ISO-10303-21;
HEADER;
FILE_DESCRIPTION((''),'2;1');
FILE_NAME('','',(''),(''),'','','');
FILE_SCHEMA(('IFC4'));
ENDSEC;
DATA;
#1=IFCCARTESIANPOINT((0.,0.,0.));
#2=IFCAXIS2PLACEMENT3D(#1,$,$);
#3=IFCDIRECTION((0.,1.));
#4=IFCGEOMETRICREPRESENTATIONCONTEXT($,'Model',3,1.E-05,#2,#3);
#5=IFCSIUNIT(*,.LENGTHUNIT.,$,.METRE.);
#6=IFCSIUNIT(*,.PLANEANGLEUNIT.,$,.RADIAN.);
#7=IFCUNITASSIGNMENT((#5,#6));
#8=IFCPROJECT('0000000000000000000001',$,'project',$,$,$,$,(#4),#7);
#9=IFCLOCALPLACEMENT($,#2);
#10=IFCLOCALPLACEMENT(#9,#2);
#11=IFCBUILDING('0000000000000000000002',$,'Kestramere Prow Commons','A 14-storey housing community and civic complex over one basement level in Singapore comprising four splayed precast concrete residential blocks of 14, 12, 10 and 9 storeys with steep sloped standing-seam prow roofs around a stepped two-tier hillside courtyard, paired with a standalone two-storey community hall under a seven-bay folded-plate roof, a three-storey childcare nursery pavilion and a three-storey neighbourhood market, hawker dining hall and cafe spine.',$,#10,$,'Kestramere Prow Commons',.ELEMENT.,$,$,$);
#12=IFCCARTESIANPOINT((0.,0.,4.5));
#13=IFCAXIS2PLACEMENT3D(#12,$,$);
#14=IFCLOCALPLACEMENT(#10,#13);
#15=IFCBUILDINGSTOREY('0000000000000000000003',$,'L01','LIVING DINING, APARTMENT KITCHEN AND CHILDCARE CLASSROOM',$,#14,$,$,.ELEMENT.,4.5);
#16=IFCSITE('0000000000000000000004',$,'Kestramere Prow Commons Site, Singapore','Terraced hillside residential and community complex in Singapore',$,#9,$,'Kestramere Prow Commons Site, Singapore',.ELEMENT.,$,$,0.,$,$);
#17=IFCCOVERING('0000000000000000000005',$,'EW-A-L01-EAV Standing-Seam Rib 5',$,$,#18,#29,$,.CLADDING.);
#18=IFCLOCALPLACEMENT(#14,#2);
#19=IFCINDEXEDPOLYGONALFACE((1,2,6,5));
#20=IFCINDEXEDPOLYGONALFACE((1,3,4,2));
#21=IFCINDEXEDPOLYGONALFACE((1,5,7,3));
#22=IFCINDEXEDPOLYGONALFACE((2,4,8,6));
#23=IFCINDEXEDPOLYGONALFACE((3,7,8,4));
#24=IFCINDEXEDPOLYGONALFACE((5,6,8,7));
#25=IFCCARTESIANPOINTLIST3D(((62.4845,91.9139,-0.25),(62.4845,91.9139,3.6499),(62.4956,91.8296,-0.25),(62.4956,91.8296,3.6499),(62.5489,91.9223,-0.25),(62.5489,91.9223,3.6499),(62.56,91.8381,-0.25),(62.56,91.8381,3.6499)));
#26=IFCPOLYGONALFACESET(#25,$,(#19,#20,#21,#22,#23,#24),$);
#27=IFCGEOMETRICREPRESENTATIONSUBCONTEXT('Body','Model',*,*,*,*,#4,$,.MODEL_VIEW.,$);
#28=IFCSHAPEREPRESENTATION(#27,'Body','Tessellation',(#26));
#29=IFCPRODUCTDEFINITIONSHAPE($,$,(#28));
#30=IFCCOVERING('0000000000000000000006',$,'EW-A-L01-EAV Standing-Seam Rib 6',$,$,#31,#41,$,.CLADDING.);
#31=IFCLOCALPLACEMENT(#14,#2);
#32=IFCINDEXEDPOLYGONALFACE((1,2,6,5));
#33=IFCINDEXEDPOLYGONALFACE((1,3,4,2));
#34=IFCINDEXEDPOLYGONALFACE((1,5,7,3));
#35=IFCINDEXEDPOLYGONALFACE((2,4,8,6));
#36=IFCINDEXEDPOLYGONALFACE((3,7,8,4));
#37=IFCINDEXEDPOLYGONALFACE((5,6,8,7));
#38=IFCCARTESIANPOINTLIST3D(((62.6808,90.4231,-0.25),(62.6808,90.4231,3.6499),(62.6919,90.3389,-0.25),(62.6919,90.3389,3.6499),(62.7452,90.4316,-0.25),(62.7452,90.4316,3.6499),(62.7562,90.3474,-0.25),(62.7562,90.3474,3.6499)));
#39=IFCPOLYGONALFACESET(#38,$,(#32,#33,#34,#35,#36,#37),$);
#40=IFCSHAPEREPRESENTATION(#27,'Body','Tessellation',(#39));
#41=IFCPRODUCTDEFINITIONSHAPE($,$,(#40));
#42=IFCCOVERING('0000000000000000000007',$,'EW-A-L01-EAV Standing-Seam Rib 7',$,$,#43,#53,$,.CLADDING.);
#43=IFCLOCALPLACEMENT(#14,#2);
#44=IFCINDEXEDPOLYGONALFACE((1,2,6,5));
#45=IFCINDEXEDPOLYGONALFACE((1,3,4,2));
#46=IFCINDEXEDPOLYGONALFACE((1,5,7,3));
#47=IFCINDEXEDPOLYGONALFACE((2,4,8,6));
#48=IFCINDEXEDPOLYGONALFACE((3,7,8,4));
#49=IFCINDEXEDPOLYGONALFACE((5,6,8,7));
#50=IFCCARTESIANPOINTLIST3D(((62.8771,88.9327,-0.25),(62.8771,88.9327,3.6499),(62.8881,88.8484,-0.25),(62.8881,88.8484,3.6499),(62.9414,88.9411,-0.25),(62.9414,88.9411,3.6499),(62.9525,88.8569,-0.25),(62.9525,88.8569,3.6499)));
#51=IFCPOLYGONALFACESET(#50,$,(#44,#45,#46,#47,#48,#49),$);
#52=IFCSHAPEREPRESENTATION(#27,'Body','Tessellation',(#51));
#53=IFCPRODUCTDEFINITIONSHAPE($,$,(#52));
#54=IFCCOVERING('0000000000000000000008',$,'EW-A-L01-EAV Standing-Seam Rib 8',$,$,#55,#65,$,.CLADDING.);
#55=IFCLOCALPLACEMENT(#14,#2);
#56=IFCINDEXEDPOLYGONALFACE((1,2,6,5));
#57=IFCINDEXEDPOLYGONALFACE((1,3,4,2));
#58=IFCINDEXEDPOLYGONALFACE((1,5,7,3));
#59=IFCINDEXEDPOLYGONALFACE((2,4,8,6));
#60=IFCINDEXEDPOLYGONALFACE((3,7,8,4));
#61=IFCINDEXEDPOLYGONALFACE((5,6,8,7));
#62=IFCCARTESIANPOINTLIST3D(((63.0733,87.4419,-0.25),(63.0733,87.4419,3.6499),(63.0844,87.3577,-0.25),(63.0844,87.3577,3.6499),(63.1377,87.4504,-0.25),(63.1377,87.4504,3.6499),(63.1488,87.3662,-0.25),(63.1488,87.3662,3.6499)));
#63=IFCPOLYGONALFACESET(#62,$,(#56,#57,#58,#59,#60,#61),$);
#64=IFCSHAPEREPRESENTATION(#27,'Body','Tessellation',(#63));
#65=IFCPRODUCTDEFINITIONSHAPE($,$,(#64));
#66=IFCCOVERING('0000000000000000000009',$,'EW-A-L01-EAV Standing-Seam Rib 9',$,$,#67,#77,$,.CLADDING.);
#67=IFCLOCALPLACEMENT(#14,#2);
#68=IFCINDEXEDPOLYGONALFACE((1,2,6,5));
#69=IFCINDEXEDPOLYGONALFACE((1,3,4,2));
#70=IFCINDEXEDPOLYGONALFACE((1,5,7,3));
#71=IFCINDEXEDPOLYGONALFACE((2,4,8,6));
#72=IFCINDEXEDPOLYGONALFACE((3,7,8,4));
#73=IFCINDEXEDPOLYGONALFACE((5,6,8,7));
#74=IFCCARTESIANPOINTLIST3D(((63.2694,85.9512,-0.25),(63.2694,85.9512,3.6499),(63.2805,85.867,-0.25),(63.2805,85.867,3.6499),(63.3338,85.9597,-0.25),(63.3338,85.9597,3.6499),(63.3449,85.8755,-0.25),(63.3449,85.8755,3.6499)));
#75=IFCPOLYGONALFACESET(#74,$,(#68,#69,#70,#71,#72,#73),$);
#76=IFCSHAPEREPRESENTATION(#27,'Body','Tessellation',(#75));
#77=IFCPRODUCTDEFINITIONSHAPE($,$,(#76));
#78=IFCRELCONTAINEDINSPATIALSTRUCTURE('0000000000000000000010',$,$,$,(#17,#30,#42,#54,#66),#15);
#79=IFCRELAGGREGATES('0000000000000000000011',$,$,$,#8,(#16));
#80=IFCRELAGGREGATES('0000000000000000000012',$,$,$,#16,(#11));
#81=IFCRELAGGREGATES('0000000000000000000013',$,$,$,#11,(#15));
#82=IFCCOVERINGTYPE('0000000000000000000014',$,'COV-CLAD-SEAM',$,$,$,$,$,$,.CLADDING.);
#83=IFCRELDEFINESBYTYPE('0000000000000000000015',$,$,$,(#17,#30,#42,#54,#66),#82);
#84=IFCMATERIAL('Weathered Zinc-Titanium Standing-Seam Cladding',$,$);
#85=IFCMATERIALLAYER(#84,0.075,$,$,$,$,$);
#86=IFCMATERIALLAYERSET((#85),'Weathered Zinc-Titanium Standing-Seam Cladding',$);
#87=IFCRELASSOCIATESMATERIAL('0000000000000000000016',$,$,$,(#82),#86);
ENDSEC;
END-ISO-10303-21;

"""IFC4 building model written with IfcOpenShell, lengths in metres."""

from ifc_helpers import new_model, si_unit, direction, frame, origin, origin_2d, place, context, subcontext, project, spatial, rectangle, extrude, material, layer, layer_set, type_object, element, save


model = new_model("IFC4")

# Units and contexts
model_context = context("Model", 3, precision=1e-05, world=origin(), true_north=direction((0.0, 1.0)))
body_context = subcontext(model_context, "Body", "Model", "MODEL_VIEW")
ifc_project = project(units=[si_unit("LENGTHUNIT", "METRE"), si_unit("PLANEANGLEUNIT", "RADIAN")], contexts=[model_context])

# Site, building, storey
site_placement = place(None, origin())
site = spatial("IfcSite", under=ifc_project, at=site_placement, Name="Kestramere Prow Commons Site, Singapore", Description="Terraced hillside residential and community complex in Singapore", LongName="Kestramere Prow Commons Site, Singapore", CompositionType="ELEMENT", RefElevation=0.0)
building_placement = place(site_placement, origin())
building = spatial("IfcBuilding", under=site, at=building_placement, Name="Kestramere Prow Commons", Description="A 14-storey housing community and civic complex over one basement level in Singapore comprising four splayed precast concrete residential blocks of 14, 12, 10 and 9 storeys with steep sloped standing-seam prow roofs around a stepped two-tier hillside courtyard, paired with a standalone two-storey community hall under a seven-bay folded-plate roof, a three-storey childcare nursery pavilion and a three-storey neighbourhood market, hawker dining hall and cafe spine.", LongName="Kestramere Prow Commons", CompositionType="ELEMENT")
storey_placement = place(building_placement, frame((0.0, 0.0, 4.5)))
storey = spatial("IfcBuildingStorey", under=building, at=storey_placement, Name="L01", Description="LIVING DINING, APARTMENT KITCHEN AND CHILDCARE CLASSROOM", CompositionType="ELEMENT", Elevation=4.5)

# Coverings
ifc_material_1 = material(Name="Weathered Zinc-Titanium Standing-Seam Cladding")
ifc_layer_1 = layer(ifc_material_1, 0.075)
ifc_layer_set_1 = layer_set([ifc_layer_1], Name="Weathered Zinc-Titanium Standing-Seam Cladding")
covering_type = type_object("IfcCoveringType", Name="COV-CLAD-SEAM", PredefinedType="CLADDING", material=ifc_layer_set_1)
for number, where, z_axis, x_axis, name in (
    (1, (62.5222, 91.876, -0.25), (0.0, 0.0, 1.0), (0.130526, -0.991445, 0.0), "EW-A-L01-EAV Standing-Seam Rib 5"),
    (2, (62.7185, 90.3853, -0.25), (0.0, 0.0, 1.0), (0.130526, -0.991445, 0.0), "EW-A-L01-EAV Standing-Seam Rib 6"),
    (3, (62.9148, 88.8948, -0.25), (0.0, 0.0, 1.0), (0.130526, -0.991445, 0.0), "EW-A-L01-EAV Standing-Seam Rib 7"),
    (4, (63.1111, 87.4041, -0.25), (0.0, 0.0, 1.0), (0.130526, -0.991445, 0.0), "EW-A-L01-EAV Standing-Seam Rib 8"),
    (5, (63.3071, 85.9133, -0.25), (0.0, 0.0, 1.0), (0.130526, -0.991445, 0.0), "EW-A-L01-EAV Standing-Seam Rib 9"),
):
    element("IfcCovering", number, at=place(storey_placement, frame(where, z_axis=z_axis, x_axis=x_axis)), inside=storey, type_object=covering_type, Name=name, PredefinedType="CLADDING", context=body_context, shape_type="SweptSolid", body=[
        extrude(rectangle(XDim=0.085, YDim=0.0649, at=origin_2d()), origin(), (0.0, 0.0, 1.0), 3.8999),
    ])

save(model, "model.ifc")
